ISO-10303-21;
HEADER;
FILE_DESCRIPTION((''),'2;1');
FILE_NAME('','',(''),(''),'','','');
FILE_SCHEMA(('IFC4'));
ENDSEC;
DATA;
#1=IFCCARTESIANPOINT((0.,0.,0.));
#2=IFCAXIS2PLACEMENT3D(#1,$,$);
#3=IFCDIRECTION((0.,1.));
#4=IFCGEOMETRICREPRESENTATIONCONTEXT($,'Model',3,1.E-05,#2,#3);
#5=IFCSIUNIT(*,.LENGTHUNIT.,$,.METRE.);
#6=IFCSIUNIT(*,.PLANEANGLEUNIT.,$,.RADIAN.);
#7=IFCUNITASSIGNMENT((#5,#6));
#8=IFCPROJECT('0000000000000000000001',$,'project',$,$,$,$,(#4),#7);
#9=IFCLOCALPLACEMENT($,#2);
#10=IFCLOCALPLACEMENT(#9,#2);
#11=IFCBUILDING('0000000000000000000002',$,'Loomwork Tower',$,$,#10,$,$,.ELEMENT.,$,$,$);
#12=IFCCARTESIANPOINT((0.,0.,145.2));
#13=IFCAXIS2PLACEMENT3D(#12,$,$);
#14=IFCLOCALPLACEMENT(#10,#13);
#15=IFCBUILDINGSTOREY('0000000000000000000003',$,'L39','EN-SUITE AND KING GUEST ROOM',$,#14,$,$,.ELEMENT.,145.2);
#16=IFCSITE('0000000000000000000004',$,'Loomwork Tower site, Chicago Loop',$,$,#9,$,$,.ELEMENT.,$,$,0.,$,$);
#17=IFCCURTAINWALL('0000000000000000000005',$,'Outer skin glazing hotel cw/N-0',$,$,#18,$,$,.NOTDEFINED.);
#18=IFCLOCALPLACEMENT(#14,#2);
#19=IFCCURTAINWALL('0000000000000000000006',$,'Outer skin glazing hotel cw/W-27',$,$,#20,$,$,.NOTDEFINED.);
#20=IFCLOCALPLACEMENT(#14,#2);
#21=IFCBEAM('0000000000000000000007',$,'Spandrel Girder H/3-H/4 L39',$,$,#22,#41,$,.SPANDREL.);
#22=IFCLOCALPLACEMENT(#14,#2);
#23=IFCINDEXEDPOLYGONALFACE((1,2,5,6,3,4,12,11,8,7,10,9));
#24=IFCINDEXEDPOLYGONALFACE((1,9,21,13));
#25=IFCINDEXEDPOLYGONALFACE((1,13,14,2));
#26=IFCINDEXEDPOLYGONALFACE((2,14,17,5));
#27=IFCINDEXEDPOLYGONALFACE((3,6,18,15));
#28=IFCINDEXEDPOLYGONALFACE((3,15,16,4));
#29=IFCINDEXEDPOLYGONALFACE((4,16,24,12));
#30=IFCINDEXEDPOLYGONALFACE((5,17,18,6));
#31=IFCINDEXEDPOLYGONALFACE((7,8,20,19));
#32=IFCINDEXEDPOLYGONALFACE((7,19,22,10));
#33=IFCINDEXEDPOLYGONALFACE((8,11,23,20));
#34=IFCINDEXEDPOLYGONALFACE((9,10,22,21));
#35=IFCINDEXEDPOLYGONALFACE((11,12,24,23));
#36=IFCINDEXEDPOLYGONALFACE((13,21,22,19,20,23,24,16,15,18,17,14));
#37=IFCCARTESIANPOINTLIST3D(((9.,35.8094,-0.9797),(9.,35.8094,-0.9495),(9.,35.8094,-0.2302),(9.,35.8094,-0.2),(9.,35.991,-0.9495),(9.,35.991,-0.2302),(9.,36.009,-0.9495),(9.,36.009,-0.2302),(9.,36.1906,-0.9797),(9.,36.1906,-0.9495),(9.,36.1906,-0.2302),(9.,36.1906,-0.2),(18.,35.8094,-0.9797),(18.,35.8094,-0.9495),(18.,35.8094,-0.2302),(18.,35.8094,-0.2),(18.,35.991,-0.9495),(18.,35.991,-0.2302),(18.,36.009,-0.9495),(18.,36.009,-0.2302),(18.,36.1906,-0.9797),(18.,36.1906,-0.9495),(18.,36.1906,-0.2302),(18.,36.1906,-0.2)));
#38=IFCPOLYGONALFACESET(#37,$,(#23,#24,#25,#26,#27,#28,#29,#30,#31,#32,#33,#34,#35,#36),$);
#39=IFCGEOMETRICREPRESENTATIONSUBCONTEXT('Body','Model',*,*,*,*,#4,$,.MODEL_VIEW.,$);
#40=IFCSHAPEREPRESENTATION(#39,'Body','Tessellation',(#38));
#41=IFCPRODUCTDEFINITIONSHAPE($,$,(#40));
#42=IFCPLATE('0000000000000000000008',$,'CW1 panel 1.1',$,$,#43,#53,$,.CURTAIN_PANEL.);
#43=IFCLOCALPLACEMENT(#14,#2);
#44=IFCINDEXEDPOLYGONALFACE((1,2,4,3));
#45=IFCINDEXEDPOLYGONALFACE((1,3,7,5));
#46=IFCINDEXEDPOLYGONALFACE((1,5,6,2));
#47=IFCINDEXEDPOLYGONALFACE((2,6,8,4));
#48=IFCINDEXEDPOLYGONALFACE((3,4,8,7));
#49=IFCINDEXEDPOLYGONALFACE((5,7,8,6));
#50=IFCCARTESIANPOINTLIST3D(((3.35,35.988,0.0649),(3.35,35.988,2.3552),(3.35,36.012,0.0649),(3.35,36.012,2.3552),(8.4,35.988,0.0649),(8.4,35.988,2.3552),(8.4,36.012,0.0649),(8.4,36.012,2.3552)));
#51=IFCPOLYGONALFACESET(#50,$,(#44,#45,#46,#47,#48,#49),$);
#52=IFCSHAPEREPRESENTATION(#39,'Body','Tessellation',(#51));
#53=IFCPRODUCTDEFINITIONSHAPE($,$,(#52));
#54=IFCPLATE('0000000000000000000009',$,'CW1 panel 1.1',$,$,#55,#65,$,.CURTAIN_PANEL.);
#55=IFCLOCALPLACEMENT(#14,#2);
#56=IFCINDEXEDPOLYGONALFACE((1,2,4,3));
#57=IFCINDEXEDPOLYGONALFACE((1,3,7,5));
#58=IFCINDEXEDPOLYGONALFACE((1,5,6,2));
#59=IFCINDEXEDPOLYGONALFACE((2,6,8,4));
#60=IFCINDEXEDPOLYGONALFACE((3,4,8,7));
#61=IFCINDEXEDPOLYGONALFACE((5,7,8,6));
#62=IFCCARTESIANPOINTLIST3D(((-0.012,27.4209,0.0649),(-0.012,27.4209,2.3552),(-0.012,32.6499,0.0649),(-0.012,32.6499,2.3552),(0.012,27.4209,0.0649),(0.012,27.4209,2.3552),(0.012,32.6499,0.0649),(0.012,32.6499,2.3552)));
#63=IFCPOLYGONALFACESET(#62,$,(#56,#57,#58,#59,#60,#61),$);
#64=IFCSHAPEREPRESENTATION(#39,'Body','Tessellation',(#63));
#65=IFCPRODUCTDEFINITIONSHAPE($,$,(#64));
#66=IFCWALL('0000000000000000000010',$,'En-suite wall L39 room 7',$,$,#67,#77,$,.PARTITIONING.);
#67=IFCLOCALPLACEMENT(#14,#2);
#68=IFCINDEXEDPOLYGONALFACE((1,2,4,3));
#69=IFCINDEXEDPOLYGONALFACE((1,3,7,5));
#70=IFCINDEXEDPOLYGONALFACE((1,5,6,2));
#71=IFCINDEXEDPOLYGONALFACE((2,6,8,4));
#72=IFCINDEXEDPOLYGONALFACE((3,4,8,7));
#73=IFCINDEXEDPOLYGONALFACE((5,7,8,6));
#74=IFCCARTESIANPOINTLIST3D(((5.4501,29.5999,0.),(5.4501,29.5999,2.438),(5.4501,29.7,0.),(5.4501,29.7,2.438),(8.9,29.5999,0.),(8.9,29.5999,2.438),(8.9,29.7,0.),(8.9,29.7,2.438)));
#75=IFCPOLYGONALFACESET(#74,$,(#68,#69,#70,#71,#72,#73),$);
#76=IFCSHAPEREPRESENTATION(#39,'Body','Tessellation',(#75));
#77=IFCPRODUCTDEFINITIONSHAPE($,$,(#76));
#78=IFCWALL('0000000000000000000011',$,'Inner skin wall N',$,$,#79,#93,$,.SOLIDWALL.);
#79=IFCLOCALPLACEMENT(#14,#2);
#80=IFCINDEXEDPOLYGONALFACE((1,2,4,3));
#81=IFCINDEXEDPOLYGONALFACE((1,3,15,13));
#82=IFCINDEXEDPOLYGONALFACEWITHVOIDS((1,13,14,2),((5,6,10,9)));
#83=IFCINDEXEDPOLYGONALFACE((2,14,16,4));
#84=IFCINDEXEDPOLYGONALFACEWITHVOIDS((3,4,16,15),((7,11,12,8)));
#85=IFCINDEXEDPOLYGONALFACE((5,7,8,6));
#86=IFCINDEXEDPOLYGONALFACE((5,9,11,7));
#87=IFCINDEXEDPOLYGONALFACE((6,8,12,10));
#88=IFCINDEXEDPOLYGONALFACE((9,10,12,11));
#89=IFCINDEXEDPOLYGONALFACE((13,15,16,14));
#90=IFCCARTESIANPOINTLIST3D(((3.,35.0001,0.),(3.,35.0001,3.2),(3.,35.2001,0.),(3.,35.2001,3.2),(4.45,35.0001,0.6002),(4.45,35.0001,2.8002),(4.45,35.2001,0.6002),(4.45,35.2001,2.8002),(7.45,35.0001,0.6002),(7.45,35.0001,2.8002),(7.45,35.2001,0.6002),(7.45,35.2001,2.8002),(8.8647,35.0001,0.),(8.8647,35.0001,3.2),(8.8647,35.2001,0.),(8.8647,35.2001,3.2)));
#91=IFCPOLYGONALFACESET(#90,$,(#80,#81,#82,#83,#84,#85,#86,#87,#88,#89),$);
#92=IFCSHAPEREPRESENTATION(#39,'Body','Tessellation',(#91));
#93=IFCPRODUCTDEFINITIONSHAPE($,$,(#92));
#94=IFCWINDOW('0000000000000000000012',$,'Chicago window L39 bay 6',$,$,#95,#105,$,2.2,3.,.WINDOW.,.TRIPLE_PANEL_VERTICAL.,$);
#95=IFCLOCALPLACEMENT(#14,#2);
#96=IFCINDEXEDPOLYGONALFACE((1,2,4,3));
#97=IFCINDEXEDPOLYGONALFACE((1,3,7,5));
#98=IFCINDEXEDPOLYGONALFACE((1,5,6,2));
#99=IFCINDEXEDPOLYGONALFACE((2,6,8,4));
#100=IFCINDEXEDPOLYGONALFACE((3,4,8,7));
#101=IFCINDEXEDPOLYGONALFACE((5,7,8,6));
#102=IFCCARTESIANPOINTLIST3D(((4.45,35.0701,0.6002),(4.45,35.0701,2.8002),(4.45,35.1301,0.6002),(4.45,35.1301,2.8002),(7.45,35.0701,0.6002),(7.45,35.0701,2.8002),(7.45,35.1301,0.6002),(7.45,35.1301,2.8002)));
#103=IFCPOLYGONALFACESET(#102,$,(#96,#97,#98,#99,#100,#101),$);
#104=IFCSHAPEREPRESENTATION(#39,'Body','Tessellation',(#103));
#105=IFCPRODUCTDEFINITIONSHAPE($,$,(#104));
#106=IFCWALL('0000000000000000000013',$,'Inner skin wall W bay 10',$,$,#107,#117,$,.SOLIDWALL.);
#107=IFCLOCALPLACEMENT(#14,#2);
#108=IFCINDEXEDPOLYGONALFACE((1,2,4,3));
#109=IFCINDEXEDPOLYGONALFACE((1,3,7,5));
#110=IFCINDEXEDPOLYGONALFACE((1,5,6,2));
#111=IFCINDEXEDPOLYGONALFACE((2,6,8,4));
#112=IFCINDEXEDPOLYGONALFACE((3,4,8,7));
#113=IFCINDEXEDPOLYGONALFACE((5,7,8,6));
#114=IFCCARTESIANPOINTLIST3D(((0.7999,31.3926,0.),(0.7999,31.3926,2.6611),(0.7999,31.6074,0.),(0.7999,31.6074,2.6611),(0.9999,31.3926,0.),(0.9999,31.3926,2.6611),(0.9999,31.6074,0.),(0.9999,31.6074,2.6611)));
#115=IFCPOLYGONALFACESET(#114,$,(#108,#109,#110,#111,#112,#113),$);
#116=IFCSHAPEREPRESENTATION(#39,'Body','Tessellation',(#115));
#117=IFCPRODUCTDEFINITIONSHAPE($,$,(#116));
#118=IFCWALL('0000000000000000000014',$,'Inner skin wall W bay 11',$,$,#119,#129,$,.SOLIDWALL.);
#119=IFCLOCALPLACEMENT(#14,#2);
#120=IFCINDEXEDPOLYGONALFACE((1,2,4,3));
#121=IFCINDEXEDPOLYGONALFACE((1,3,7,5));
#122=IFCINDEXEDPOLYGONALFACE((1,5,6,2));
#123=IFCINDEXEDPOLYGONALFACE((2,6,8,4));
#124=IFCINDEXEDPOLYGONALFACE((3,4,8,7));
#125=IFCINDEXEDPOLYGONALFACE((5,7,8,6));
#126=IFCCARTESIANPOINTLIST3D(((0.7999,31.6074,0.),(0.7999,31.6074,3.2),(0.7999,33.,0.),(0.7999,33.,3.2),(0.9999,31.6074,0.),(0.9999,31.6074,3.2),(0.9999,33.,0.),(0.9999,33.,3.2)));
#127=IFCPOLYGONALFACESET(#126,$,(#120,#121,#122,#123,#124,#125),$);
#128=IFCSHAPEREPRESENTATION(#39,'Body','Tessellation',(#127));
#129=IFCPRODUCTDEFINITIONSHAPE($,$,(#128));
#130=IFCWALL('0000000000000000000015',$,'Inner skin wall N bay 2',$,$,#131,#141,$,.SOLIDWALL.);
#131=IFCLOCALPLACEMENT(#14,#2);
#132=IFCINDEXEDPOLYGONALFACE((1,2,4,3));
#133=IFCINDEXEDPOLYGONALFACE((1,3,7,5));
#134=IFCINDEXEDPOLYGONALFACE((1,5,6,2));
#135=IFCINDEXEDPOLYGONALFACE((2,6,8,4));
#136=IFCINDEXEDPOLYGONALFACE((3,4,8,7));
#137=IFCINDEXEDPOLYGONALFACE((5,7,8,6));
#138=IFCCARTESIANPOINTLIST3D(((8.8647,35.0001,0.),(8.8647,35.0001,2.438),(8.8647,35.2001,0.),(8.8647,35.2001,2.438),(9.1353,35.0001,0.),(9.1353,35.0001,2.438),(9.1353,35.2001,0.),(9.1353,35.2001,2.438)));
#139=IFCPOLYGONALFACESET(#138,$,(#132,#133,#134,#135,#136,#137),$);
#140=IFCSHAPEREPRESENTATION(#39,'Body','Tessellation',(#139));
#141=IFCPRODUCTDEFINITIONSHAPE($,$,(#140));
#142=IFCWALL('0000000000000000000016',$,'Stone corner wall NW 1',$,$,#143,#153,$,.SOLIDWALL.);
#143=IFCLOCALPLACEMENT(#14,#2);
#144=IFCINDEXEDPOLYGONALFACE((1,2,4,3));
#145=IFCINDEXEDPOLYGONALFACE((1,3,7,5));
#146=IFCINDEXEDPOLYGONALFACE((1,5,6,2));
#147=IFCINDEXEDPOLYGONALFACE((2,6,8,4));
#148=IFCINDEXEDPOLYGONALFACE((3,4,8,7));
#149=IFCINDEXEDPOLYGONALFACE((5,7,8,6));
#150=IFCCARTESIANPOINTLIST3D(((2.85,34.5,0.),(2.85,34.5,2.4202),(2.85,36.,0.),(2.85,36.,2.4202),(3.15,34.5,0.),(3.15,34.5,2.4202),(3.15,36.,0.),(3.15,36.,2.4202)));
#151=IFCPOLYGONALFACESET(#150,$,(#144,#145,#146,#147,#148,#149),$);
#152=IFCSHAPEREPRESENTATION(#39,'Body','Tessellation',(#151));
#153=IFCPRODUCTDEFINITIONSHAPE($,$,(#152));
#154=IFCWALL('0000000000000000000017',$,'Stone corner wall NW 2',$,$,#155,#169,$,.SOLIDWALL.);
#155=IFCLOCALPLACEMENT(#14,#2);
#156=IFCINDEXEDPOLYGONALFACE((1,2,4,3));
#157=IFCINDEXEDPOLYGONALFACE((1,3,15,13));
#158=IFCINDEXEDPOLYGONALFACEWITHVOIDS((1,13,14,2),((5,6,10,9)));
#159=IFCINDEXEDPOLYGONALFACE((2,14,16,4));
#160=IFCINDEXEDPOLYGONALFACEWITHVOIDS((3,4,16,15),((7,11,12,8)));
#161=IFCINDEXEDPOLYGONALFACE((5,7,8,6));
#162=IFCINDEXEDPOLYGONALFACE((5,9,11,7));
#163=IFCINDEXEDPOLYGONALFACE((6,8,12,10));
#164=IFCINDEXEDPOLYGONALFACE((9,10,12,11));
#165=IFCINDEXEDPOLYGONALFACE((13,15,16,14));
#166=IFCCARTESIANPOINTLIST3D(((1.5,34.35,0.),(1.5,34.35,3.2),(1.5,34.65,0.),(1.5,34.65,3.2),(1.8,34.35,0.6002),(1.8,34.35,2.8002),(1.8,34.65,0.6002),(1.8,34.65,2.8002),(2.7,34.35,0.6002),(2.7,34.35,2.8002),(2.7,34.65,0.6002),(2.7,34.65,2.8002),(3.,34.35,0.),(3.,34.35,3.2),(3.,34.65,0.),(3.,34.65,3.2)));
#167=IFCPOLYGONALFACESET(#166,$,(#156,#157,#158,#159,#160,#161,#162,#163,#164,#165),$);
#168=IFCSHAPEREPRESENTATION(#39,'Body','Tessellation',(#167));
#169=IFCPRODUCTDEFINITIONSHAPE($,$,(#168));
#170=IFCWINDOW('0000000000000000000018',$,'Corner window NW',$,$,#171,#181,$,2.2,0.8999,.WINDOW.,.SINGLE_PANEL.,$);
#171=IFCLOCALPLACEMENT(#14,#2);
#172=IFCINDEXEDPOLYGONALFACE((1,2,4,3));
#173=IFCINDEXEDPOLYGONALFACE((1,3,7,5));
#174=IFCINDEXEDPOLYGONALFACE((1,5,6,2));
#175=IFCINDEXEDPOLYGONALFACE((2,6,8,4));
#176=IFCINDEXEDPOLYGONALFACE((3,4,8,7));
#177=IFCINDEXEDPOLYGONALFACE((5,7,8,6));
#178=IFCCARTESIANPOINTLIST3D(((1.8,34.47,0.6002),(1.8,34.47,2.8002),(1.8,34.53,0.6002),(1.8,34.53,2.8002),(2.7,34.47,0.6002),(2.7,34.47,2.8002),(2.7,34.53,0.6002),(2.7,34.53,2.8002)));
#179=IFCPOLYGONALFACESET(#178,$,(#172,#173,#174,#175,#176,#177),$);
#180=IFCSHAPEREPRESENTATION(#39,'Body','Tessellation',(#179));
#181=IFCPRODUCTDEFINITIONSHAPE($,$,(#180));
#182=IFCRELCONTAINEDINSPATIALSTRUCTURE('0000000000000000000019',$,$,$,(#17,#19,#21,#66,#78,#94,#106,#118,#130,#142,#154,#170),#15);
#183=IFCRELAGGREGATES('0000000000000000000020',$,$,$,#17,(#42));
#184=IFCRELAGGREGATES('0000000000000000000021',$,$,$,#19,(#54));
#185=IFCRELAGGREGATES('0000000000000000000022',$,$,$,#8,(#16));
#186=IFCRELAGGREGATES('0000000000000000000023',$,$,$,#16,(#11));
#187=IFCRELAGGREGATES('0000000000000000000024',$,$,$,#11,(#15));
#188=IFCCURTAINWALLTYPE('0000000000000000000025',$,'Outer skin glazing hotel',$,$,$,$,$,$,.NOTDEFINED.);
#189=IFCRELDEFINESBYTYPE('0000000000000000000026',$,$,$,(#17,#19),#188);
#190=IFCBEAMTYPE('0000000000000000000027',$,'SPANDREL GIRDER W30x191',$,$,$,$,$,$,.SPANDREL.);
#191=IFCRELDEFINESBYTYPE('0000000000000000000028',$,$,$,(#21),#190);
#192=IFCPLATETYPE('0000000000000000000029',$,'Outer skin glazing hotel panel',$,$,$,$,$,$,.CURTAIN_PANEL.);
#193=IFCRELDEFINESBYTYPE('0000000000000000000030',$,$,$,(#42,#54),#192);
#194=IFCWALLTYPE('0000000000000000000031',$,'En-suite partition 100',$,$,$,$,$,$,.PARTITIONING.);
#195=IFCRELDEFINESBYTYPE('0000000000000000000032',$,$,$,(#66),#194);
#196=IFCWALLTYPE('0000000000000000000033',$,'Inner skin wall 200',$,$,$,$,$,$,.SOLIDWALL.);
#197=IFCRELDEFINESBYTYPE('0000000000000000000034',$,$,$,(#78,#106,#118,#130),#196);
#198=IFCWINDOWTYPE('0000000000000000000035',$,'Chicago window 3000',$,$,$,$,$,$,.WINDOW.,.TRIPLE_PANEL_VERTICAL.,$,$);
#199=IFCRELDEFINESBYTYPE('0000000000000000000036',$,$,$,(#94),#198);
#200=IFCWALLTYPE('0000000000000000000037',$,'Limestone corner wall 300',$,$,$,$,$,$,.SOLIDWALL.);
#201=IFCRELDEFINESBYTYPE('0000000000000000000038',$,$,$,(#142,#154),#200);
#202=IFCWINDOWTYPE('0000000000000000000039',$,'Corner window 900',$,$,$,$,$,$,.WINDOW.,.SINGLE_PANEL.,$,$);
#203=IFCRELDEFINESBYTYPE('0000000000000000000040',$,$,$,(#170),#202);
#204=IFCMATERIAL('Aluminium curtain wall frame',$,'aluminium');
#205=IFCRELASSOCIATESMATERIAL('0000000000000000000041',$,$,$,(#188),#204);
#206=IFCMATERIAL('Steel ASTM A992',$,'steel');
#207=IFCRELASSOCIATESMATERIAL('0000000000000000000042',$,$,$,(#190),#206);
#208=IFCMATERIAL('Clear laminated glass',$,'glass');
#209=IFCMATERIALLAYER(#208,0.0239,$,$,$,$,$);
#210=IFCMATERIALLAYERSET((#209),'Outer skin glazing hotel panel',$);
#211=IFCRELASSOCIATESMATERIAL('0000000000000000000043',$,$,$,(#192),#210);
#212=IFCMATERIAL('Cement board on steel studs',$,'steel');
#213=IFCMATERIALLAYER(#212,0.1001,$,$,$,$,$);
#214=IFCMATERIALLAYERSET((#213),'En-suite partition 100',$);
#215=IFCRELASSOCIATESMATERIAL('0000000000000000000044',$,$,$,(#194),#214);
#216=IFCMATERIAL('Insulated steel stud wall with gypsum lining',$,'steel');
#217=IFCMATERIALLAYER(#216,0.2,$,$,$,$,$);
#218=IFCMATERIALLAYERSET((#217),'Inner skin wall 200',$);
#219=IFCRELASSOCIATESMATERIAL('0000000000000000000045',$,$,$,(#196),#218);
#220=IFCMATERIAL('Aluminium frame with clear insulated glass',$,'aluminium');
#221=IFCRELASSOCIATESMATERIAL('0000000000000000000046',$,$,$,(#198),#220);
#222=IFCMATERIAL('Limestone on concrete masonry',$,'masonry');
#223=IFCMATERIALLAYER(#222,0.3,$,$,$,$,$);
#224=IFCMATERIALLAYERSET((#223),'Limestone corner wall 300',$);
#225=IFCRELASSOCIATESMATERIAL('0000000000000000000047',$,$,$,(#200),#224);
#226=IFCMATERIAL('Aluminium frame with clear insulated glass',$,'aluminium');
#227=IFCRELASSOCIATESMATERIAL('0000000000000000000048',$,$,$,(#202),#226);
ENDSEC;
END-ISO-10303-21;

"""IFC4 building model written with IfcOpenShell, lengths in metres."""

from ifc_helpers import new_model, si_unit, direction, frame, frame_2d, origin, origin_2d, place, context, subcontext, project, spatial, rectangle, i_section, extrude, material, layer, layer_set, material_profile, profile_set, type_object, element, fill, aggregate, save


model = new_model("IFC4")

# Units and contexts
model_context = context("Model", 3, precision=1e-05, world=origin(), true_north=direction((0.0, 1.0)))
body_context = subcontext(model_context, "Body", "Model", "MODEL_VIEW")
ifc_project = project(units=[si_unit("LENGTHUNIT", "METRE"), si_unit("PLANEANGLEUNIT", "RADIAN")], contexts=[model_context])

# Site, building, storey
site_placement = place(None, origin())
site = spatial("IfcSite", under=ifc_project, at=site_placement, Name="Loomwork Tower site, Chicago Loop", CompositionType="ELEMENT", RefElevation=0.0)
building_placement = place(site_placement, origin())
building = spatial("IfcBuilding", under=site, at=building_placement, Name="Loomwork Tower", CompositionType="ELEMENT")
storey_placement = place(building_placement, frame((0.0, 0.0, 145.2)))
storey = spatial("IfcBuildingStorey", under=building, at=storey_placement, Name="L39", Description="EN-SUITE AND KING GUEST ROOM", CompositionType="ELEMENT", Elevation=145.2)

# Curtain wall
ifc_material_1 = material(Name="Aluminium curtain wall frame", Category="aluminium")
curtain_wall_type = type_object("IfcCurtainWallType", Name="Outer skin glazing hotel", PredefinedType="NOTDEFINED", material=ifc_material_1)
curtain_wall_1_placement = place(storey_placement, origin())
curtain_wall_1 = element("IfcCurtainWall", 1, at=curtain_wall_1_placement, inside=storey, type_object=curtain_wall_type, Name="Outer skin glazing hotel cw/N-0", PredefinedType="NOTDEFINED")

# Curtain wall
curtain_wall_2_placement = place(storey_placement, origin())
curtain_wall_2 = element("IfcCurtainWall", 2, at=curtain_wall_2_placement, inside=storey, type_object=curtain_wall_type, Name="Outer skin glazing hotel cw/W-27", PredefinedType="NOTDEFINED")

# Beam
ifc_material_2 = material(Name="Steel ASTM A992", Category="steel")
ifc_material_profile_1 = material_profile(ifc_material_2, i_section(OverallWidth=0.3811, OverallDepth=0.7798, WebThickness=0.0181, FlangeThickness=0.0303, at=origin_2d()), Name="W30x191")
ifc_profile_set_1 = profile_set([ifc_material_profile_1], Name="Steel ASTM A992")
beam_type_1 = type_object("IfcBeamType", Name="SPANDREL GIRDER W30x191", PredefinedType="SPANDREL", material=ifc_profile_set_1)
for number, where, z_axis, x_axis, name in (
    (3, (9.0, 36.0, -0.5898), (1.0, 0.0, 0.0), (0.0, 1.0, 0.0), "Spandrel Girder H/3-H/4 L39"),
):
    element("IfcBeam", number, at=place(storey_placement, frame(where, z_axis=z_axis, x_axis=x_axis)), inside=storey, type_object=beam_type_1, Name=name, PredefinedType="SPANDREL", context=body_context, shape_type="SweptSolid", body=[
        extrude(i_section(OverallWidth=0.3811, OverallDepth=0.7798, WebThickness=0.0181, FlangeThickness=0.0303, at=origin_2d()), origin(), (0.0, 0.0, 1.0), 9.0),
    ])

# Plates
ifc_material_3 = material(Name="Clear laminated glass", Category="glass")
ifc_layer_1 = layer(ifc_material_3, 0.0239)
ifc_layer_set_1 = layer_set([ifc_layer_1], Name="Outer skin glazing hotel panel")
plate_type = type_object("IfcPlateType", Name="Outer skin glazing hotel panel", PredefinedType="CURTAIN_PANEL", material=ifc_layer_set_1)
plate_1_placement = place(storey_placement, frame((5.875, 36.0, 0.0649), z_axis=(0.0, 0.0, 1.0), x_axis=(-1.0, 0.0, 0.0)))
plate_1 = element("IfcPlate", 4, at=plate_1_placement, type_object=plate_type, Name="CW1 panel 1.1", PredefinedType="CURTAIN_PANEL", context=body_context, shape_type="SweptSolid", body=[
    extrude(rectangle(XDim=5.05, YDim=0.0239, at=origin_2d()), origin(), (0.0, 0.0, 1.0), 2.2903),
])
aggregate(curtain_wall_1, [plate_1])
plate_2_placement = place(storey_placement, frame((0.0, 30.0354, 0.0649), z_axis=(0.0, 0.0, 1.0), x_axis=(0.0, -1.0, 0.0)))
plate_2 = element("IfcPlate", 5, at=plate_2_placement, type_object=plate_type, Name="CW1 panel 1.1", PredefinedType="CURTAIN_PANEL", context=body_context, shape_type="SweptSolid", body=[
    extrude(rectangle(XDim=5.229, YDim=0.0239, at=origin_2d()), origin(), (0.0, 0.0, 1.0), 2.2903),
])
aggregate(curtain_wall_2, [plate_2])

# Wall
ifc_material_4 = material(Name="Cement board on steel studs", Category="steel")
ifc_layer_2 = layer(ifc_material_4, 0.1001)
ifc_layer_set_2 = layer_set([ifc_layer_2], Name="En-suite partition 100")
wall_type_1 = type_object("IfcWallType", Name="En-suite partition 100", PredefinedType="PARTITIONING", material=ifc_layer_set_2)
wall_1_placement = place(storey_placement, frame((5.45, 29.6499, 0.0), z_axis=(0.0, 0.0, 1.0), x_axis=(1.0, 0.0, 0.0)))
element("IfcWall", 6, at=wall_1_placement, inside=storey, type_object=wall_type_1, Name="En-suite wall L39 room 7", PredefinedType="PARTITIONING", context=body_context, shape_type="SweptSolid", body=[
    extrude(rectangle(XDim=3.45, YDim=0.1001, at=frame_2d((1.7251, 0.0))), origin(), (0.0, 0.0, 1.0), 2.438),
])

# Wall, opening, window
ifc_material_5 = material(Name="Insulated steel stud wall with gypsum lining", Category="steel")
ifc_layer_3 = layer(ifc_material_5, 0.2)
ifc_layer_set_3 = layer_set([ifc_layer_3], Name="Inner skin wall 200")
wall_type_2 = type_object("IfcWallType", Name="Inner skin wall 200", PredefinedType="SOLIDWALL", material=ifc_layer_set_3)
wall_2_placement = place(storey_placement, frame((3.0, 35.1001, 0.0), z_axis=(0.0, 0.0, 1.0), x_axis=(1.0, 0.0, 0.0)))
wall_2 = element("IfcWall", 7, at=wall_2_placement, inside=storey, type_object=wall_type_2, Name="Inner skin wall N", PredefinedType="SOLIDWALL", context=body_context, shape_type="SweptSolid", body=[
    extrude(rectangle(XDim=5.8647, YDim=0.2, at=frame_2d((2.9324, 0.0))), origin(), (0.0, 0.0, 1.0), 3.2),
])
opening_1_placement = place(wall_2_placement, frame((1.45, 0.0, 0.6001)))
opening_1 = element("IfcOpeningElement", 8, at=opening_1_placement, cuts=wall_2, PredefinedType="OPENING", context=body_context, shape_type="SweptSolid", body=[
    extrude(rectangle(XDim=3.0, YDim=2.2, at=frame_2d((1.5, 1.1001))), frame((0.0, 0.1099, 0.0), z_axis=(0.0, -1.0, 0.0), x_axis=(1.0, 0.0, 0.0)), (0.0, 0.0, 1.0), 0.22),
])
ifc_material_6 = material(Name="Aluminium frame with clear insulated glass", Category="aluminium")
window_type_1 = type_object("IfcWindowType", Name="Chicago window 3000", PartitioningType="TRIPLE_PANEL_VERTICAL", PredefinedType="WINDOW", material=ifc_material_6)
window_1_placement = place(opening_1_placement, origin())
window_1 = element("IfcWindow", 9, at=window_1_placement, inside=storey, type_object=window_type_1, Name="Chicago window L39 bay 6", OverallHeight=2.2, OverallWidth=3.0, PartitioningType="TRIPLE_PANEL_VERTICAL", PredefinedType="WINDOW", context=body_context, shape_type="SweptSolid", body=[
    extrude(rectangle(XDim=3.0, YDim=2.2, at=frame_2d((1.5, 1.1001))), frame((0.0, 0.03, 0.0), z_axis=(0.0, -1.0, 0.0), x_axis=(1.0, 0.0, 0.0)), (0.0, 0.0, 1.0), 0.0601),
])
fill(opening_1, window_1)

# Walls
wall_3_placement = place(storey_placement, frame((0.8999, 31.3926, 0.0), z_axis=(0.0, 0.0, 1.0), x_axis=(0.0, 1.0, 0.0)))
element("IfcWall", 10, at=wall_3_placement, inside=storey, type_object=wall_type_2, Name="Inner skin wall W bay 10", PredefinedType="SOLIDWALL", context=body_context, shape_type="SweptSolid", body=[
    extrude(rectangle(XDim=0.2148, YDim=0.2, at=frame_2d((0.1074, 0.0))), origin(), (0.0, 0.0, 1.0), 2.6611),
])
wall_4_placement = place(storey_placement, frame((0.8999, 31.6074, 0.0), z_axis=(0.0, 0.0, 1.0), x_axis=(0.0, 1.0, 0.0)))
element("IfcWall", 11, at=wall_4_placement, inside=storey, type_object=wall_type_2, Name="Inner skin wall W bay 11", PredefinedType="SOLIDWALL", context=body_context, shape_type="SweptSolid", body=[
    extrude(rectangle(XDim=1.3926, YDim=0.2, at=frame_2d((0.6963, 0.0))), origin(), (0.0, 0.0, 1.0), 3.2),
])
wall_5_placement = place(storey_placement, frame((8.8647, 35.1001, 0.0), z_axis=(0.0, 0.0, 1.0), x_axis=(1.0, 0.0, 0.0)))
element("IfcWall", 12, at=wall_5_placement, inside=storey, type_object=wall_type_2, Name="Inner skin wall N bay 2", PredefinedType="SOLIDWALL", context=body_context, shape_type="SweptSolid", body=[
    extrude(rectangle(XDim=0.2705, YDim=0.2, at=frame_2d((0.1353, 0.0))), origin(), (0.0, 0.0, 1.0), 2.438),
])
ifc_material_7 = material(Name="Limestone on concrete masonry", Category="masonry")
ifc_layer_4 = layer(ifc_material_7, 0.3)
ifc_layer_set_4 = layer_set([ifc_layer_4], Name="Limestone corner wall 300")
wall_type_3 = type_object("IfcWallType", Name="Limestone corner wall 300", PredefinedType="SOLIDWALL", material=ifc_layer_set_4)
wall_6_placement = place(storey_placement, frame((3.0, 36.0, 0.0), z_axis=(0.0, 0.0, 1.0), x_axis=(0.0, -1.0, 0.0)))
element("IfcWall", 13, at=wall_6_placement, inside=storey, type_object=wall_type_3, Name="Stone corner wall NW 1", PredefinedType="SOLIDWALL", context=body_context, shape_type="SweptSolid", body=[
    extrude(rectangle(XDim=1.5, YDim=0.3, at=frame_2d((0.75, 0.0))), origin(), (0.0, 0.0, 1.0), 2.4202),
])

# Wall, opening, window
wall_7_placement = place(storey_placement, frame((3.0, 34.5, 0.0), z_axis=(0.0, 0.0, 1.0), x_axis=(-1.0, 0.0, 0.0)))
wall_7 = element("IfcWall", 14, at=wall_7_placement, inside=storey, type_object=wall_type_3, Name="Stone corner wall NW 2", PredefinedType="SOLIDWALL", context=body_context, shape_type="SweptSolid", body=[
    extrude(rectangle(XDim=1.5, YDim=0.3, at=frame_2d((0.75, 0.0))), origin(), (0.0, 0.0, 1.0), 3.2),
])
opening_2_placement = place(wall_7_placement, frame((0.3, 0.0, 0.6001)))
opening_2 = element("IfcOpeningElement", 15, at=opening_2_placement, cuts=wall_7, PredefinedType="OPENING", context=body_context, shape_type="SweptSolid", body=[
    extrude(rectangle(XDim=0.8999, YDim=2.2, at=frame_2d((0.45, 1.1001))), frame((0.0, 0.1599, 0.0), z_axis=(0.0, -1.0, 0.0), x_axis=(1.0, 0.0, 0.0)), (0.0, 0.0, 1.0), 0.3201),
])
ifc_material_8 = material(Name="Aluminium frame with clear insulated glass", Category="aluminium")
window_type_2 = type_object("IfcWindowType", Name="Corner window 900", PartitioningType="SINGLE_PANEL", PredefinedType="WINDOW", material=ifc_material_8)
window_2_placement = place(opening_2_placement, origin())
window_2 = element("IfcWindow", 16, at=window_2_placement, inside=storey, type_object=window_type_2, Name="Corner window NW", OverallHeight=2.2, OverallWidth=0.8999, PartitioningType="SINGLE_PANEL", PredefinedType="WINDOW", context=body_context, shape_type="SweptSolid", body=[
    extrude(rectangle(XDim=0.8999, YDim=2.2, at=frame_2d((0.45, 1.1001))), frame((0.0, 0.03, 0.0), z_axis=(0.0, -1.0, 0.0), x_axis=(1.0, 0.0, 0.0)), (0.0, 0.0, 1.0), 0.0601),
])
fill(opening_2, window_2)

save(model, "model.ifc")
